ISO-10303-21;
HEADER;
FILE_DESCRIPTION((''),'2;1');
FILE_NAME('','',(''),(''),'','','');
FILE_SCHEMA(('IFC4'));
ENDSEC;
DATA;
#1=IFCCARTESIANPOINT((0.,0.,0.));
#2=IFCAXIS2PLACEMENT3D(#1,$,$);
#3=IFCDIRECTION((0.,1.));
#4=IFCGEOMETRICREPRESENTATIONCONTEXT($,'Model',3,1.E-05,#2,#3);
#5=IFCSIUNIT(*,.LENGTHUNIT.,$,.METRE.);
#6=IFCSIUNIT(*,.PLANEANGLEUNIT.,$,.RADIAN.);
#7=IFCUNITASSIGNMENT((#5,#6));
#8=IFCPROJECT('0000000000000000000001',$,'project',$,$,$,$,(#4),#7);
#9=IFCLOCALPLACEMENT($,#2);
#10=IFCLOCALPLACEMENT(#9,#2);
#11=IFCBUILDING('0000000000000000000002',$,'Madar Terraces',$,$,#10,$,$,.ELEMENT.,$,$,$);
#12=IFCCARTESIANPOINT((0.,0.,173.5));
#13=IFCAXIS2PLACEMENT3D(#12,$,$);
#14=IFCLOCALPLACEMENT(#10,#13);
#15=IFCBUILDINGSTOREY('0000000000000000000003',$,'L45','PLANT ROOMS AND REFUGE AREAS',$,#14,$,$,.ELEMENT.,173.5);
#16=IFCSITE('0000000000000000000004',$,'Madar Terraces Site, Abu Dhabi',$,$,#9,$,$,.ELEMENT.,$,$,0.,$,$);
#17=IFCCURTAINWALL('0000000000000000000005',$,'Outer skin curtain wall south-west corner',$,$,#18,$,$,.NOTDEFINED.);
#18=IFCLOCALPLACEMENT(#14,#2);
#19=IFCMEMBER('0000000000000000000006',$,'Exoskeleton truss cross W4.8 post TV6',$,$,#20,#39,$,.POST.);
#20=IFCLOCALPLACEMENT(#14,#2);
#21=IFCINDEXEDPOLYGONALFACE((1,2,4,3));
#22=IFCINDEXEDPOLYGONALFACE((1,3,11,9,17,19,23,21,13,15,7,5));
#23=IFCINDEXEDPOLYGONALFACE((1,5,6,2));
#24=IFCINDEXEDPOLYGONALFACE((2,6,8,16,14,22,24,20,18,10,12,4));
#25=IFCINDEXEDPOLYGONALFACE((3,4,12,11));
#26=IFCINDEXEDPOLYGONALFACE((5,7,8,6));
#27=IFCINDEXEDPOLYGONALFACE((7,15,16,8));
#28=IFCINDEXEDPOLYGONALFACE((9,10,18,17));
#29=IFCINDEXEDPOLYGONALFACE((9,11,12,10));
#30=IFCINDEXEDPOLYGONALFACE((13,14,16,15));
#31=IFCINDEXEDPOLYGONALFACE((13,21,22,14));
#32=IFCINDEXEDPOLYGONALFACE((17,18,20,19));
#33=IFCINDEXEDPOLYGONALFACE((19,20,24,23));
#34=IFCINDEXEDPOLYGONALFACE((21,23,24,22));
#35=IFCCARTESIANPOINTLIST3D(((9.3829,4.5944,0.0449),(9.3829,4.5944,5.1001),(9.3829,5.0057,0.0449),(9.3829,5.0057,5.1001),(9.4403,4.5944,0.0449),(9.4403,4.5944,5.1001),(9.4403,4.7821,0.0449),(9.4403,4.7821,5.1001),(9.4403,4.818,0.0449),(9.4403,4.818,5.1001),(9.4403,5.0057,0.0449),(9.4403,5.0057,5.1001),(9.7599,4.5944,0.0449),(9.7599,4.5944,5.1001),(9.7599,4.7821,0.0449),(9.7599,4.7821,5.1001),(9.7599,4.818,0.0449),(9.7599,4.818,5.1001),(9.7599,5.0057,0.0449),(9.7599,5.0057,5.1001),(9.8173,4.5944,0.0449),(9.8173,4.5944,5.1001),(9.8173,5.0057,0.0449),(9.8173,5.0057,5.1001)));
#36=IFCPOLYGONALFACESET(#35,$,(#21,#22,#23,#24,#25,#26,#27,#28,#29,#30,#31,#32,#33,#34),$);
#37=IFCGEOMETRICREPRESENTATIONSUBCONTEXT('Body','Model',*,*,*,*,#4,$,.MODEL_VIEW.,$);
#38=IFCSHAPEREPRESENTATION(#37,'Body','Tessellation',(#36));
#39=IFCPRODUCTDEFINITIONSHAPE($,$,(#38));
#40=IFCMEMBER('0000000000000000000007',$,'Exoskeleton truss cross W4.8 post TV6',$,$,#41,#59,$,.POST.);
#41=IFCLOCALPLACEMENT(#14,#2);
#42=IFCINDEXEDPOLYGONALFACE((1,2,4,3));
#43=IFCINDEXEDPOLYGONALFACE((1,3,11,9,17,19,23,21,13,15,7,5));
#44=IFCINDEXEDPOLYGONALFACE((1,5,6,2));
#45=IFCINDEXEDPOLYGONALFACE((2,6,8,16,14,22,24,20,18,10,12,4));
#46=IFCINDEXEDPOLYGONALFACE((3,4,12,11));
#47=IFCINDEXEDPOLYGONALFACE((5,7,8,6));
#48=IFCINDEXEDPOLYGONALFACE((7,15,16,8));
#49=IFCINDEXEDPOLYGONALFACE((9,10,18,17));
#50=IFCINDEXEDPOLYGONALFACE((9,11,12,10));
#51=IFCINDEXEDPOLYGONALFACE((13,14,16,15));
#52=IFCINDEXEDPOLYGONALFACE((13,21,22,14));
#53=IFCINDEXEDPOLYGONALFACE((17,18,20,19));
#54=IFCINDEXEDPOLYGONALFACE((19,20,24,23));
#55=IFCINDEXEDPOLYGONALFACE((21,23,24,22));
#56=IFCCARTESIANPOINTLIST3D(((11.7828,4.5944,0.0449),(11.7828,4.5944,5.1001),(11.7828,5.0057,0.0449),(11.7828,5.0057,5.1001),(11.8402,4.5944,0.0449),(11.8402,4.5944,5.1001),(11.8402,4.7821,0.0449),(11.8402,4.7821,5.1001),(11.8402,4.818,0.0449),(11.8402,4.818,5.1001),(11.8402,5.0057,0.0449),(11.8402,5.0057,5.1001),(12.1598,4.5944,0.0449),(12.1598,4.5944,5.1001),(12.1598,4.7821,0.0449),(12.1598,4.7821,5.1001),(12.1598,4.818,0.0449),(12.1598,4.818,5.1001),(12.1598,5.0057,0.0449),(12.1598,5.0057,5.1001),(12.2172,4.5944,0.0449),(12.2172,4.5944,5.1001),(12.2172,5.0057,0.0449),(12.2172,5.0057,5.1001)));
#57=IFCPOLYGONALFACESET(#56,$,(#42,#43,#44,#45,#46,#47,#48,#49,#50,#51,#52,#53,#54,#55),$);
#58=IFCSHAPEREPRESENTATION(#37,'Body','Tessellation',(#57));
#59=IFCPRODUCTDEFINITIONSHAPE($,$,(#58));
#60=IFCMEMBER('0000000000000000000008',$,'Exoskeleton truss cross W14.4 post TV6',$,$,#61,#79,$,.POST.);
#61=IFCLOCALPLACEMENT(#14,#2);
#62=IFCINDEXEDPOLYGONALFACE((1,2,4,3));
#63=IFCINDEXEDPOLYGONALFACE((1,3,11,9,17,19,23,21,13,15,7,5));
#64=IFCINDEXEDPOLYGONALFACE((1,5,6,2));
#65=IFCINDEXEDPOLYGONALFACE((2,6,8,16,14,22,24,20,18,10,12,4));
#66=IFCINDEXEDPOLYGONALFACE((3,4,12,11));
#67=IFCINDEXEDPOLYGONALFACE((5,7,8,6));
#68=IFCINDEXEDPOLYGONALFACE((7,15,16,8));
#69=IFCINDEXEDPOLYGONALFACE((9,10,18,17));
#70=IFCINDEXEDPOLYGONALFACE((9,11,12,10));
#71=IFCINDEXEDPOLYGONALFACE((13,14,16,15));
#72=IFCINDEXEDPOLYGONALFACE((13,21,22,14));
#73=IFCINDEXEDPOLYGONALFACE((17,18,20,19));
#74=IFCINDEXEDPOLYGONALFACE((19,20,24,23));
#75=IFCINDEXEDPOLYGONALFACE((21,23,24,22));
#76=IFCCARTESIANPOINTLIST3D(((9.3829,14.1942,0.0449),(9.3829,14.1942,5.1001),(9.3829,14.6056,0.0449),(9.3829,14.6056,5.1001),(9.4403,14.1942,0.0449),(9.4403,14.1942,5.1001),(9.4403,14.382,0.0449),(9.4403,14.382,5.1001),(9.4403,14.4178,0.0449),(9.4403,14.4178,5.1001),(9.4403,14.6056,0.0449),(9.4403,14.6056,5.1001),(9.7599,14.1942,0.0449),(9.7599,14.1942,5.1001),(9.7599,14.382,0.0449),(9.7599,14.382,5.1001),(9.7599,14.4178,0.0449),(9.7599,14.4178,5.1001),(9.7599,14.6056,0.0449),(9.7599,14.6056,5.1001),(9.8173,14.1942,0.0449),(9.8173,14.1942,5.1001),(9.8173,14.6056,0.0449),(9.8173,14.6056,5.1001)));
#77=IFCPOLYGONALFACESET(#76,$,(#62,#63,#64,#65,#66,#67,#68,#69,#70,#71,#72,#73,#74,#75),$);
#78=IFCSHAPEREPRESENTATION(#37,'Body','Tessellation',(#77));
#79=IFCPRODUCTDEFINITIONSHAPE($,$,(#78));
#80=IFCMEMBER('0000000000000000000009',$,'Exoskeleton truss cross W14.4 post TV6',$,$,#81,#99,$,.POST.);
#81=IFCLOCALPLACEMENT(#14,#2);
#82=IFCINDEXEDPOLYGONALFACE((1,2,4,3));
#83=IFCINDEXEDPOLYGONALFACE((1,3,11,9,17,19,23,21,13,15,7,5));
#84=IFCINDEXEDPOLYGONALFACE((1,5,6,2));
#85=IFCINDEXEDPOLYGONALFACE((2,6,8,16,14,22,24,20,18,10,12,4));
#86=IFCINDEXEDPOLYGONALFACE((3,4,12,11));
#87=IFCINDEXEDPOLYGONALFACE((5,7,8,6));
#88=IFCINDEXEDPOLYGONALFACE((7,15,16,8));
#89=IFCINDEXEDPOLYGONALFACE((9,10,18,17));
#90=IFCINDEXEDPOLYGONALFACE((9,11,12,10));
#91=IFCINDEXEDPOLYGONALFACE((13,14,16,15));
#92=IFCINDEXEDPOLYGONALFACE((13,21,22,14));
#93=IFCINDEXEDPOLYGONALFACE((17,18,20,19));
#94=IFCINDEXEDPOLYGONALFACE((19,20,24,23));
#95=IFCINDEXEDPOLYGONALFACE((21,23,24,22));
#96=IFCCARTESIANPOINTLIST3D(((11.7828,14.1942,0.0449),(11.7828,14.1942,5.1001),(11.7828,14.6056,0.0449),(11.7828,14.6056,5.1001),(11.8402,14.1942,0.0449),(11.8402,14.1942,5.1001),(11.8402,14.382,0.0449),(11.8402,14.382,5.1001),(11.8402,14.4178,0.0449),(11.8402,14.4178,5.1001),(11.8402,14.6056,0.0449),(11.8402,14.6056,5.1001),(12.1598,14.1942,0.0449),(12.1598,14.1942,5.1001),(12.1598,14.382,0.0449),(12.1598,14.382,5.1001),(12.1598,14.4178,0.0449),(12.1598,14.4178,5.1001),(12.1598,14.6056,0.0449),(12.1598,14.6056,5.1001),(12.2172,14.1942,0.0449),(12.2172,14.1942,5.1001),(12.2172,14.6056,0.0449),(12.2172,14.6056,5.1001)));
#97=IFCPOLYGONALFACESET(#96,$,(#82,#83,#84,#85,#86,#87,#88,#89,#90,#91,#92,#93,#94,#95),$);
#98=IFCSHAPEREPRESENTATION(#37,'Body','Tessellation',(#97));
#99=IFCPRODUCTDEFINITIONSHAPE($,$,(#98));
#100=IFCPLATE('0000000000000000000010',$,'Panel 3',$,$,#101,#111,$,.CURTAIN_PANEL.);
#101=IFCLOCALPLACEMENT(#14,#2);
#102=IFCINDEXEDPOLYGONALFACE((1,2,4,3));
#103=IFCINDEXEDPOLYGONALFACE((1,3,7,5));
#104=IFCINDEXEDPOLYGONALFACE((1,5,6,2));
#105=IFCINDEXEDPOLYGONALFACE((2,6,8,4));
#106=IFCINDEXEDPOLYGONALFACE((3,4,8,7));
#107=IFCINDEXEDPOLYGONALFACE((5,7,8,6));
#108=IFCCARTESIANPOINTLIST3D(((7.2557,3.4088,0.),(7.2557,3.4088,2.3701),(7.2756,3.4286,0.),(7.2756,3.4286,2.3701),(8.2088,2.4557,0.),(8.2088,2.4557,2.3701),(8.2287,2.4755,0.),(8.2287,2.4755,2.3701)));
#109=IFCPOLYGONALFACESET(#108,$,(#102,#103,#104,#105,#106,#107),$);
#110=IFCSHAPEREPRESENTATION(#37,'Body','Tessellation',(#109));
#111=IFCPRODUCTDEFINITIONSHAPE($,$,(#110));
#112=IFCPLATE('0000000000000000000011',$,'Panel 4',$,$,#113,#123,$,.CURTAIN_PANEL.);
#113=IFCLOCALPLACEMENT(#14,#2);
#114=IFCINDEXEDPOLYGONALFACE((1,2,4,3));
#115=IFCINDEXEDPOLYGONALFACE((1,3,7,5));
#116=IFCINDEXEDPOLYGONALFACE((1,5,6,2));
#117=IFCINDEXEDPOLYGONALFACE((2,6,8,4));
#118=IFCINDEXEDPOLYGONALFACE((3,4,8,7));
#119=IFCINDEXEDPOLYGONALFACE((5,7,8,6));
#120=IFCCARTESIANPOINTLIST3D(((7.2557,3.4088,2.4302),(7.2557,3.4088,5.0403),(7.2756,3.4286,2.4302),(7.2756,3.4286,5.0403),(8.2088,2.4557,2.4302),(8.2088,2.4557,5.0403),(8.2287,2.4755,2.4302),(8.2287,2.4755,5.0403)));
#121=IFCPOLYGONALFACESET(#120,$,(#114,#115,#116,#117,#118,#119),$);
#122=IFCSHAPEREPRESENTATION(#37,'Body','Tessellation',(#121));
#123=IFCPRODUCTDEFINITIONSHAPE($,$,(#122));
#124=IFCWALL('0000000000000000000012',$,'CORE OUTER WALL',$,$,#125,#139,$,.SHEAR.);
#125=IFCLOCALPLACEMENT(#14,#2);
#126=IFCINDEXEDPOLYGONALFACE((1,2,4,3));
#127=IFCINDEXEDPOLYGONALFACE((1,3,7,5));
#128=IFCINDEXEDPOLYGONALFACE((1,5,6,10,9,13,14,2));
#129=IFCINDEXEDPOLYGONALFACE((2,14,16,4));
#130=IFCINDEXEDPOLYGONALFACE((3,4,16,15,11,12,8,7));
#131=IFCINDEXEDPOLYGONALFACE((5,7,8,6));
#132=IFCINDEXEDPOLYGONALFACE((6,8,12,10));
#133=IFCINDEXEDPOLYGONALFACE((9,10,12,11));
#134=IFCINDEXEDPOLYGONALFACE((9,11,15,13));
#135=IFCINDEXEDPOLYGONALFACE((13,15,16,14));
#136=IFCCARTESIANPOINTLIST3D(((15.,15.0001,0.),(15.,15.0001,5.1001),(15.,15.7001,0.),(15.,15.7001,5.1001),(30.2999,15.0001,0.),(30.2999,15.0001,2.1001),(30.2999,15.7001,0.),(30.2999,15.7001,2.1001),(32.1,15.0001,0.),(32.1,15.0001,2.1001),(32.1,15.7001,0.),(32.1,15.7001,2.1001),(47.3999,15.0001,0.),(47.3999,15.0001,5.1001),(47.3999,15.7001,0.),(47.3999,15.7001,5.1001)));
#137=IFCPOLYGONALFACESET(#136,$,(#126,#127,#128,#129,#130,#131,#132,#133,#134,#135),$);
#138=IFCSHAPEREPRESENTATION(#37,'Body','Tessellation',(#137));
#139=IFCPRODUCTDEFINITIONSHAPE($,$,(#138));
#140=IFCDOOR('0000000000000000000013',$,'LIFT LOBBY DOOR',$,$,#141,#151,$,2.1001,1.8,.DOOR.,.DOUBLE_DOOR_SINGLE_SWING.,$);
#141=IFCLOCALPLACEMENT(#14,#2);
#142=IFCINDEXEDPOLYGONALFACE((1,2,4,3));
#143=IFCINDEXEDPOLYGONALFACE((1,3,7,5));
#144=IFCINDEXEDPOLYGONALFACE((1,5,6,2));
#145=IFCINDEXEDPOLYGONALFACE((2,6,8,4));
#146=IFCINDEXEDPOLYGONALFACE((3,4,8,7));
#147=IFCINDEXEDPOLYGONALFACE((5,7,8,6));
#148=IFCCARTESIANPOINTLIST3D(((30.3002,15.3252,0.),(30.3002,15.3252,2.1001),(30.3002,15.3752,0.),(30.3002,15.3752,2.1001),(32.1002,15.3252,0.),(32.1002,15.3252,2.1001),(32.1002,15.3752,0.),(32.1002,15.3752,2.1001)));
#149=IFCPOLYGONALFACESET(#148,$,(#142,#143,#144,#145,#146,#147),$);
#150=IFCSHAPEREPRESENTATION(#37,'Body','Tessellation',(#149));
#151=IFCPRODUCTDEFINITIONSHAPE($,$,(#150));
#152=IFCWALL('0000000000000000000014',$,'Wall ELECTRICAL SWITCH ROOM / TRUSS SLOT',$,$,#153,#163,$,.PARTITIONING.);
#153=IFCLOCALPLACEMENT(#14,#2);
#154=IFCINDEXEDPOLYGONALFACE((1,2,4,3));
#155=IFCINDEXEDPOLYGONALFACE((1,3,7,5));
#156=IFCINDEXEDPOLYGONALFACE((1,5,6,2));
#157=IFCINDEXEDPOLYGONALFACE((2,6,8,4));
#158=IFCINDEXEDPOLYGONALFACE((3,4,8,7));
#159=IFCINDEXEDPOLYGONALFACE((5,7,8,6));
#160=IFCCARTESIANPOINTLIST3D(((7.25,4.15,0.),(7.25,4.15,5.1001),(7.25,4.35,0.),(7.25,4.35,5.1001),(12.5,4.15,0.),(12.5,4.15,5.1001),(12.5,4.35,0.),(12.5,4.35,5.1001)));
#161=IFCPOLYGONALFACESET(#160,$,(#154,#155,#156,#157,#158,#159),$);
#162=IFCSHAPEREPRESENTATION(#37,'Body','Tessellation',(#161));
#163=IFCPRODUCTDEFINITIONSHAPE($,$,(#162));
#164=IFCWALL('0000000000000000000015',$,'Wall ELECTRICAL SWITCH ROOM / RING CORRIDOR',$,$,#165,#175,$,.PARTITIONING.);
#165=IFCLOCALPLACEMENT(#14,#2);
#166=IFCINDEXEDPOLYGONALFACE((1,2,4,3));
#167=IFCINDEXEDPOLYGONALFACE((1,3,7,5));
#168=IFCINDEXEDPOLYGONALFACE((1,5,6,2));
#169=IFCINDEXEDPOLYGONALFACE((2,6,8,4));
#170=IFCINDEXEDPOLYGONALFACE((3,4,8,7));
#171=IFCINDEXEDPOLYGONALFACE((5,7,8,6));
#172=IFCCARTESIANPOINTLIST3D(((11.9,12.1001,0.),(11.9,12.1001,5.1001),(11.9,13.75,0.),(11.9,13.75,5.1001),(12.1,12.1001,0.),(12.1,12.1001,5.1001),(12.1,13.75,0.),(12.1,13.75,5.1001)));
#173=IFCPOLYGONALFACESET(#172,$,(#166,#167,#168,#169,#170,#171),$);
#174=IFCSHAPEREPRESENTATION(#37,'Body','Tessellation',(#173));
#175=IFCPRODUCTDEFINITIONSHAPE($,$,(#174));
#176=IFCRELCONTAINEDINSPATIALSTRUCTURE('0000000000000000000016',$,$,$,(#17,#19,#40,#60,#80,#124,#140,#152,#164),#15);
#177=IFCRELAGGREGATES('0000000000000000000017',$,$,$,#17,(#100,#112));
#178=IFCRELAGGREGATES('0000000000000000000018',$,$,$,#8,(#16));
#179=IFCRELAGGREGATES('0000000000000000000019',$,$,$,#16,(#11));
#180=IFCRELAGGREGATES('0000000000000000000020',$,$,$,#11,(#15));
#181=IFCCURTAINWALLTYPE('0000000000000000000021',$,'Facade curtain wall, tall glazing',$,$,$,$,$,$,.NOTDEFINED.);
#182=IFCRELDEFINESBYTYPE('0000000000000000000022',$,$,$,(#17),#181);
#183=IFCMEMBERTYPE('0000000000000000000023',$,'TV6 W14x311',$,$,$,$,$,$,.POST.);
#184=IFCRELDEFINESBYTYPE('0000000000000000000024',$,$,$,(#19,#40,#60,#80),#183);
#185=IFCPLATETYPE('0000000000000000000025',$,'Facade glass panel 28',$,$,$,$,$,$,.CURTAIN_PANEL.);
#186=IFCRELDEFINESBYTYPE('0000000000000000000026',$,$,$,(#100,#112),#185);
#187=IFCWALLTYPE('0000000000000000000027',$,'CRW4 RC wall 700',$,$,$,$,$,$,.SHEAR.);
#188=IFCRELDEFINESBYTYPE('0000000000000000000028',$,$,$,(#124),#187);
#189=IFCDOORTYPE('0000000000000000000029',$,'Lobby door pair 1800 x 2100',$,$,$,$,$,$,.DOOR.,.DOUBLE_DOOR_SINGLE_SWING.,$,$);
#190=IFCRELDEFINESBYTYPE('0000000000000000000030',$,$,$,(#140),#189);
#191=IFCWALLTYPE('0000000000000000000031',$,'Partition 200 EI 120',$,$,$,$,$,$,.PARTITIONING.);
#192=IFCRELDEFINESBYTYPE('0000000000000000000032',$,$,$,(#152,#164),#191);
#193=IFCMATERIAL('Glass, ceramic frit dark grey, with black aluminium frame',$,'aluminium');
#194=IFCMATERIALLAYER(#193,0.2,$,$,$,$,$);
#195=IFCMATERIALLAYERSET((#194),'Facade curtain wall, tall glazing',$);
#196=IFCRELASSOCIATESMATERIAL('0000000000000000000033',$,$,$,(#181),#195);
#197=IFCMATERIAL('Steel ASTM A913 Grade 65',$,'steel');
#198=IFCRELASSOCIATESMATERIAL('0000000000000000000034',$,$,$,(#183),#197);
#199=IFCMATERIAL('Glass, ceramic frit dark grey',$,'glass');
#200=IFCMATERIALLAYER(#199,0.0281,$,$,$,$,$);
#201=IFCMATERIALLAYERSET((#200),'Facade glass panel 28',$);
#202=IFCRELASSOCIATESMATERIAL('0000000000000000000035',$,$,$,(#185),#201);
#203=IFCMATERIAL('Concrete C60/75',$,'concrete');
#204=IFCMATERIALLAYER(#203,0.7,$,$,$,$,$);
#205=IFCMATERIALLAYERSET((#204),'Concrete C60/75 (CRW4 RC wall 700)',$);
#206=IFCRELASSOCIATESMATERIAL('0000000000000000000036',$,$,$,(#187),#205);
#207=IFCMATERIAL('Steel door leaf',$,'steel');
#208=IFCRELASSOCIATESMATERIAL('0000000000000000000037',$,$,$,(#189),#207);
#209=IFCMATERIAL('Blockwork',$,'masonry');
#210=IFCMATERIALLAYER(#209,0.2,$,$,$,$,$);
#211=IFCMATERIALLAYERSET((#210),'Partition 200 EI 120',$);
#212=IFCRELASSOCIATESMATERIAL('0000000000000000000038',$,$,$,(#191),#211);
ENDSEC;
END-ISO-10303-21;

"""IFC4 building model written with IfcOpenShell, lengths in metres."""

from ifc_helpers import new_model, si_unit, direction, frame, frame_2d, origin, origin_2d, place, context, subcontext, project, spatial, rectangle, i_section, extrude, material, layer, layer_set, material_profile, profile_set, type_object, element, fill, aggregate, save


model = new_model("IFC4")

# Units and contexts
model_context = context("Model", 3, precision=1e-05, world=origin(), true_north=direction((0.0, 1.0)))
body_context = subcontext(model_context, "Body", "Model", "MODEL_VIEW")
ifc_project = project(units=[si_unit("LENGTHUNIT", "METRE"), si_unit("PLANEANGLEUNIT", "RADIAN")], contexts=[model_context])

# Site, building, storey
site_placement = place(None, origin())
site = spatial("IfcSite", under=ifc_project, at=site_placement, Name="Madar Terraces Site, Abu Dhabi", CompositionType="ELEMENT", RefElevation=0.0)
building_placement = place(site_placement, origin())
building = spatial("IfcBuilding", under=site, at=building_placement, Name="Madar Terraces", CompositionType="ELEMENT")
storey_placement = place(building_placement, frame((0.0, 0.0, 173.5)))
storey = spatial("IfcBuildingStorey", under=building, at=storey_placement, Name="L45", Description="PLANT ROOMS AND REFUGE AREAS", CompositionType="ELEMENT", Elevation=173.5)

# Curtain wall
ifc_material_1 = material(Name="Glass, ceramic frit dark grey, with black aluminium frame", Category="aluminium")
ifc_layer_1 = layer(ifc_material_1, 0.2)
ifc_layer_set_1 = layer_set([ifc_layer_1], Name="Facade curtain wall, tall glazing")
curtain_wall_type = type_object("IfcCurtainWallType", Name="Facade curtain wall, tall glazing", PredefinedType="NOTDEFINED", material=ifc_layer_set_1)
curtain_wall_placement = place(storey_placement, origin())
curtain_wall = element("IfcCurtainWall", 1, at=curtain_wall_placement, inside=storey, type_object=curtain_wall_type, Name="Outer skin curtain wall south-west corner", PredefinedType="NOTDEFINED")

# Members
ifc_material_2 = material(Name="Steel ASTM A913 Grade 65", Category="steel")
ifc_material_profile_1 = material_profile(ifc_material_2, i_section(OverallWidth=0.4114, OverallDepth=0.4343, WebThickness=0.0359, FlangeThickness=0.0574, at=origin_2d()), Name="W14x311")
ifc_profile_set_1 = profile_set([ifc_material_profile_1], Name="Steel ASTM A913 Grade 65")
member_type_1 = type_object("IfcMemberType", Name="TV6 W14x311", PredefinedType="POST", material=ifc_profile_set_1)
for number, where, z_axis, x_axis, name in (
    (2, (9.6001, 4.8, 0.0449), (0.0, 0.0, 1.0), (0.0, 1.0, 0.0), "Exoskeleton truss cross W4.8 post TV6"),
    (3, (12.0, 4.8, 0.0449), (0.0, 0.0, 1.0), (0.0, 1.0, 0.0), "Exoskeleton truss cross W4.8 post TV6"),
    (4, (9.6001, 14.3999, 0.0449), (0.0, 0.0, 1.0), (0.0, 1.0, 0.0), "Exoskeleton truss cross W14.4 post TV6"),
    (5, (12.0, 14.3999, 0.0449), (0.0, 0.0, 1.0), (0.0, 1.0, 0.0), "Exoskeleton truss cross W14.4 post TV6"),
):
    element("IfcMember", number, at=place(storey_placement, frame(where, z_axis=z_axis, x_axis=x_axis)), inside=storey, type_object=member_type_1, Name=name, PredefinedType="POST", context=body_context, shape_type="SweptSolid", body=[
        extrude(i_section(OverallWidth=0.4114, OverallDepth=0.4343, WebThickness=0.0359, FlangeThickness=0.0574, at=origin_2d()), origin(), (0.0, 0.0, 1.0), 5.0552),
    ])

# Plates
ifc_material_3 = material(Name="Glass, ceramic frit dark grey", Category="glass")
ifc_layer_2 = layer(ifc_material_3, 0.0281)
ifc_layer_set_2 = layer_set([ifc_layer_2], Name="Facade glass panel 28")
plate_type = type_object("IfcPlateType", Name="Facade glass panel 28", PredefinedType="CURTAIN_PANEL", material=ifc_layer_set_2)
plate_1_placement = place(storey_placement, frame((7.7422, 2.9421, 0.0), z_axis=(0.0, 0.0, 1.0), x_axis=(0.707107, -0.707107, 0.0)))
plate_1 = element("IfcPlate", 6, at=plate_1_placement, type_object=plate_type, Name="Panel 3", PredefinedType="CURTAIN_PANEL", context=body_context, shape_type="SweptSolid", body=[
    extrude(rectangle(XDim=1.3479, YDim=0.0281, at=origin_2d()), origin(), (0.0, 0.0, 1.0), 2.3701),
])
plate_2_placement = place(storey_placement, frame((7.7422, 2.9421, 2.4302), z_axis=(0.0, 0.0, 1.0), x_axis=(0.707107, -0.707107, 0.0)))
plate_2 = element("IfcPlate", 7, at=plate_2_placement, type_object=plate_type, Name="Panel 4", PredefinedType="CURTAIN_PANEL", context=body_context, shape_type="SweptSolid", body=[
    extrude(rectangle(XDim=1.3479, YDim=0.0281, at=origin_2d()), origin(), (0.0, 0.0, 1.0), 2.6101),
])
aggregate(curtain_wall, [plate_1, plate_2])

# Wall, opening, door
ifc_material_4 = material(Name="Concrete C60/75", Category="concrete")
ifc_layer_3 = layer(ifc_material_4, 0.7)
ifc_layer_set_3 = layer_set([ifc_layer_3], Name="Concrete C60/75 (CRW4 RC wall 700)")
wall_type_1 = type_object("IfcWallType", Name="CRW4 RC wall 700", PredefinedType="SHEAR", material=ifc_layer_set_3)
wall_1_placement = place(storey_placement, frame((15.0, 15.3501, 0.0), z_axis=(0.0, 0.0, 1.0), x_axis=(1.0, 0.0, 0.0)))
wall_1 = element("IfcWall", 8, at=wall_1_placement, inside=storey, type_object=wall_type_1, Name="CORE OUTER WALL", PredefinedType="SHEAR", context=body_context, shape_type="SweptSolid", body=[
    extrude(rectangle(XDim=32.3999, YDim=0.7, at=frame_2d((16.2, 0.0))), origin(), (0.0, 0.0, 1.0), 5.1001),
])
opening_1_placement = place(wall_1_placement, frame((15.3, 0.0, 0.0)))
opening_1 = element("IfcOpeningElement", 9, at=opening_1_placement, cuts=wall_1, PredefinedType="OPENING", context=body_context, shape_type="SweptSolid", body=[
    extrude(rectangle(XDim=1.8, YDim=2.1001, at=frame_2d((0.8999, 1.05))), frame((0.0, 0.3599, 0.0), z_axis=(0.0, -1.0, 0.0), x_axis=(1.0, 0.0, 0.0)), (0.0, 0.0, 1.0), 0.72),
])
ifc_material_5 = material(Name="Steel door leaf", Category="steel")
door_type_1 = type_object("IfcDoorType", Name="Lobby door pair 1800 x 2100", OperationType="DOUBLE_DOOR_SINGLE_SWING", PredefinedType="DOOR", material=ifc_material_5)
door_1_placement = place(opening_1_placement, frame((1.8, 0.0, 0.0), z_axis=(0.0, 0.0, 1.0), x_axis=(-1.0, 0.0, 0.0)))
door_1 = element("IfcDoor", 10, at=door_1_placement, inside=storey, type_object=door_type_1, Name="LIFT LOBBY DOOR", OperationType="DOUBLE_DOOR_SINGLE_SWING", OverallHeight=2.1001, OverallWidth=1.8, PredefinedType="DOOR", context=body_context, shape_type="SweptSolid", body=[
    extrude(rectangle(XDim=1.8, YDim=2.1001, at=frame_2d((0.8999, 1.05))), frame((0.0, 0.0249, 0.0), z_axis=(0.0, -1.0, 0.0), x_axis=(1.0, 0.0, 0.0)), (0.0, 0.0, 1.0), 0.05),
])
fill(opening_1, door_1)

# Walls
ifc_material_6 = material(Name="Blockwork", Category="masonry")
ifc_layer_4 = layer(ifc_material_6, 0.2)
ifc_layer_set_4 = layer_set([ifc_layer_4], Name="Partition 200 EI 120")
wall_type_2 = type_object("IfcWallType", Name="Partition 200 EI 120", PredefinedType="PARTITIONING", material=ifc_layer_set_4)
wall_2_placement = place(storey_placement, frame((7.25, 4.25, 0.0), z_axis=(0.0, 0.0, 1.0), x_axis=(1.0, 0.0, 0.0)))
element("IfcWall", 11, at=wall_2_placement, inside=storey, type_object=wall_type_2, Name="Wall ELECTRICAL SWITCH ROOM / TRUSS SLOT", PredefinedType="PARTITIONING", context=body_context, shape_type="SweptSolid", body=[
    extrude(rectangle(XDim=5.25, YDim=0.2, at=frame_2d((2.625, 0.0))), origin(), (0.0, 0.0, 1.0), 5.1001),
])
wall_3_placement = place(storey_placement, frame((12.0, 12.1001, 0.0), z_axis=(0.0, 0.0, 1.0), x_axis=(0.0, 1.0, 0.0)))
element("IfcWall", 12, at=wall_3_placement, inside=storey, type_object=wall_type_2, Name="Wall ELECTRICAL SWITCH ROOM / RING CORRIDOR", PredefinedType="PARTITIONING", context=body_context, shape_type="SweptSolid", body=[
    extrude(rectangle(XDim=1.6499, YDim=0.2, at=frame_2d((0.825, 0.0))), origin(), (0.0, 0.0, 1.0), 5.1001),
])

save(model, "model.ifc")
